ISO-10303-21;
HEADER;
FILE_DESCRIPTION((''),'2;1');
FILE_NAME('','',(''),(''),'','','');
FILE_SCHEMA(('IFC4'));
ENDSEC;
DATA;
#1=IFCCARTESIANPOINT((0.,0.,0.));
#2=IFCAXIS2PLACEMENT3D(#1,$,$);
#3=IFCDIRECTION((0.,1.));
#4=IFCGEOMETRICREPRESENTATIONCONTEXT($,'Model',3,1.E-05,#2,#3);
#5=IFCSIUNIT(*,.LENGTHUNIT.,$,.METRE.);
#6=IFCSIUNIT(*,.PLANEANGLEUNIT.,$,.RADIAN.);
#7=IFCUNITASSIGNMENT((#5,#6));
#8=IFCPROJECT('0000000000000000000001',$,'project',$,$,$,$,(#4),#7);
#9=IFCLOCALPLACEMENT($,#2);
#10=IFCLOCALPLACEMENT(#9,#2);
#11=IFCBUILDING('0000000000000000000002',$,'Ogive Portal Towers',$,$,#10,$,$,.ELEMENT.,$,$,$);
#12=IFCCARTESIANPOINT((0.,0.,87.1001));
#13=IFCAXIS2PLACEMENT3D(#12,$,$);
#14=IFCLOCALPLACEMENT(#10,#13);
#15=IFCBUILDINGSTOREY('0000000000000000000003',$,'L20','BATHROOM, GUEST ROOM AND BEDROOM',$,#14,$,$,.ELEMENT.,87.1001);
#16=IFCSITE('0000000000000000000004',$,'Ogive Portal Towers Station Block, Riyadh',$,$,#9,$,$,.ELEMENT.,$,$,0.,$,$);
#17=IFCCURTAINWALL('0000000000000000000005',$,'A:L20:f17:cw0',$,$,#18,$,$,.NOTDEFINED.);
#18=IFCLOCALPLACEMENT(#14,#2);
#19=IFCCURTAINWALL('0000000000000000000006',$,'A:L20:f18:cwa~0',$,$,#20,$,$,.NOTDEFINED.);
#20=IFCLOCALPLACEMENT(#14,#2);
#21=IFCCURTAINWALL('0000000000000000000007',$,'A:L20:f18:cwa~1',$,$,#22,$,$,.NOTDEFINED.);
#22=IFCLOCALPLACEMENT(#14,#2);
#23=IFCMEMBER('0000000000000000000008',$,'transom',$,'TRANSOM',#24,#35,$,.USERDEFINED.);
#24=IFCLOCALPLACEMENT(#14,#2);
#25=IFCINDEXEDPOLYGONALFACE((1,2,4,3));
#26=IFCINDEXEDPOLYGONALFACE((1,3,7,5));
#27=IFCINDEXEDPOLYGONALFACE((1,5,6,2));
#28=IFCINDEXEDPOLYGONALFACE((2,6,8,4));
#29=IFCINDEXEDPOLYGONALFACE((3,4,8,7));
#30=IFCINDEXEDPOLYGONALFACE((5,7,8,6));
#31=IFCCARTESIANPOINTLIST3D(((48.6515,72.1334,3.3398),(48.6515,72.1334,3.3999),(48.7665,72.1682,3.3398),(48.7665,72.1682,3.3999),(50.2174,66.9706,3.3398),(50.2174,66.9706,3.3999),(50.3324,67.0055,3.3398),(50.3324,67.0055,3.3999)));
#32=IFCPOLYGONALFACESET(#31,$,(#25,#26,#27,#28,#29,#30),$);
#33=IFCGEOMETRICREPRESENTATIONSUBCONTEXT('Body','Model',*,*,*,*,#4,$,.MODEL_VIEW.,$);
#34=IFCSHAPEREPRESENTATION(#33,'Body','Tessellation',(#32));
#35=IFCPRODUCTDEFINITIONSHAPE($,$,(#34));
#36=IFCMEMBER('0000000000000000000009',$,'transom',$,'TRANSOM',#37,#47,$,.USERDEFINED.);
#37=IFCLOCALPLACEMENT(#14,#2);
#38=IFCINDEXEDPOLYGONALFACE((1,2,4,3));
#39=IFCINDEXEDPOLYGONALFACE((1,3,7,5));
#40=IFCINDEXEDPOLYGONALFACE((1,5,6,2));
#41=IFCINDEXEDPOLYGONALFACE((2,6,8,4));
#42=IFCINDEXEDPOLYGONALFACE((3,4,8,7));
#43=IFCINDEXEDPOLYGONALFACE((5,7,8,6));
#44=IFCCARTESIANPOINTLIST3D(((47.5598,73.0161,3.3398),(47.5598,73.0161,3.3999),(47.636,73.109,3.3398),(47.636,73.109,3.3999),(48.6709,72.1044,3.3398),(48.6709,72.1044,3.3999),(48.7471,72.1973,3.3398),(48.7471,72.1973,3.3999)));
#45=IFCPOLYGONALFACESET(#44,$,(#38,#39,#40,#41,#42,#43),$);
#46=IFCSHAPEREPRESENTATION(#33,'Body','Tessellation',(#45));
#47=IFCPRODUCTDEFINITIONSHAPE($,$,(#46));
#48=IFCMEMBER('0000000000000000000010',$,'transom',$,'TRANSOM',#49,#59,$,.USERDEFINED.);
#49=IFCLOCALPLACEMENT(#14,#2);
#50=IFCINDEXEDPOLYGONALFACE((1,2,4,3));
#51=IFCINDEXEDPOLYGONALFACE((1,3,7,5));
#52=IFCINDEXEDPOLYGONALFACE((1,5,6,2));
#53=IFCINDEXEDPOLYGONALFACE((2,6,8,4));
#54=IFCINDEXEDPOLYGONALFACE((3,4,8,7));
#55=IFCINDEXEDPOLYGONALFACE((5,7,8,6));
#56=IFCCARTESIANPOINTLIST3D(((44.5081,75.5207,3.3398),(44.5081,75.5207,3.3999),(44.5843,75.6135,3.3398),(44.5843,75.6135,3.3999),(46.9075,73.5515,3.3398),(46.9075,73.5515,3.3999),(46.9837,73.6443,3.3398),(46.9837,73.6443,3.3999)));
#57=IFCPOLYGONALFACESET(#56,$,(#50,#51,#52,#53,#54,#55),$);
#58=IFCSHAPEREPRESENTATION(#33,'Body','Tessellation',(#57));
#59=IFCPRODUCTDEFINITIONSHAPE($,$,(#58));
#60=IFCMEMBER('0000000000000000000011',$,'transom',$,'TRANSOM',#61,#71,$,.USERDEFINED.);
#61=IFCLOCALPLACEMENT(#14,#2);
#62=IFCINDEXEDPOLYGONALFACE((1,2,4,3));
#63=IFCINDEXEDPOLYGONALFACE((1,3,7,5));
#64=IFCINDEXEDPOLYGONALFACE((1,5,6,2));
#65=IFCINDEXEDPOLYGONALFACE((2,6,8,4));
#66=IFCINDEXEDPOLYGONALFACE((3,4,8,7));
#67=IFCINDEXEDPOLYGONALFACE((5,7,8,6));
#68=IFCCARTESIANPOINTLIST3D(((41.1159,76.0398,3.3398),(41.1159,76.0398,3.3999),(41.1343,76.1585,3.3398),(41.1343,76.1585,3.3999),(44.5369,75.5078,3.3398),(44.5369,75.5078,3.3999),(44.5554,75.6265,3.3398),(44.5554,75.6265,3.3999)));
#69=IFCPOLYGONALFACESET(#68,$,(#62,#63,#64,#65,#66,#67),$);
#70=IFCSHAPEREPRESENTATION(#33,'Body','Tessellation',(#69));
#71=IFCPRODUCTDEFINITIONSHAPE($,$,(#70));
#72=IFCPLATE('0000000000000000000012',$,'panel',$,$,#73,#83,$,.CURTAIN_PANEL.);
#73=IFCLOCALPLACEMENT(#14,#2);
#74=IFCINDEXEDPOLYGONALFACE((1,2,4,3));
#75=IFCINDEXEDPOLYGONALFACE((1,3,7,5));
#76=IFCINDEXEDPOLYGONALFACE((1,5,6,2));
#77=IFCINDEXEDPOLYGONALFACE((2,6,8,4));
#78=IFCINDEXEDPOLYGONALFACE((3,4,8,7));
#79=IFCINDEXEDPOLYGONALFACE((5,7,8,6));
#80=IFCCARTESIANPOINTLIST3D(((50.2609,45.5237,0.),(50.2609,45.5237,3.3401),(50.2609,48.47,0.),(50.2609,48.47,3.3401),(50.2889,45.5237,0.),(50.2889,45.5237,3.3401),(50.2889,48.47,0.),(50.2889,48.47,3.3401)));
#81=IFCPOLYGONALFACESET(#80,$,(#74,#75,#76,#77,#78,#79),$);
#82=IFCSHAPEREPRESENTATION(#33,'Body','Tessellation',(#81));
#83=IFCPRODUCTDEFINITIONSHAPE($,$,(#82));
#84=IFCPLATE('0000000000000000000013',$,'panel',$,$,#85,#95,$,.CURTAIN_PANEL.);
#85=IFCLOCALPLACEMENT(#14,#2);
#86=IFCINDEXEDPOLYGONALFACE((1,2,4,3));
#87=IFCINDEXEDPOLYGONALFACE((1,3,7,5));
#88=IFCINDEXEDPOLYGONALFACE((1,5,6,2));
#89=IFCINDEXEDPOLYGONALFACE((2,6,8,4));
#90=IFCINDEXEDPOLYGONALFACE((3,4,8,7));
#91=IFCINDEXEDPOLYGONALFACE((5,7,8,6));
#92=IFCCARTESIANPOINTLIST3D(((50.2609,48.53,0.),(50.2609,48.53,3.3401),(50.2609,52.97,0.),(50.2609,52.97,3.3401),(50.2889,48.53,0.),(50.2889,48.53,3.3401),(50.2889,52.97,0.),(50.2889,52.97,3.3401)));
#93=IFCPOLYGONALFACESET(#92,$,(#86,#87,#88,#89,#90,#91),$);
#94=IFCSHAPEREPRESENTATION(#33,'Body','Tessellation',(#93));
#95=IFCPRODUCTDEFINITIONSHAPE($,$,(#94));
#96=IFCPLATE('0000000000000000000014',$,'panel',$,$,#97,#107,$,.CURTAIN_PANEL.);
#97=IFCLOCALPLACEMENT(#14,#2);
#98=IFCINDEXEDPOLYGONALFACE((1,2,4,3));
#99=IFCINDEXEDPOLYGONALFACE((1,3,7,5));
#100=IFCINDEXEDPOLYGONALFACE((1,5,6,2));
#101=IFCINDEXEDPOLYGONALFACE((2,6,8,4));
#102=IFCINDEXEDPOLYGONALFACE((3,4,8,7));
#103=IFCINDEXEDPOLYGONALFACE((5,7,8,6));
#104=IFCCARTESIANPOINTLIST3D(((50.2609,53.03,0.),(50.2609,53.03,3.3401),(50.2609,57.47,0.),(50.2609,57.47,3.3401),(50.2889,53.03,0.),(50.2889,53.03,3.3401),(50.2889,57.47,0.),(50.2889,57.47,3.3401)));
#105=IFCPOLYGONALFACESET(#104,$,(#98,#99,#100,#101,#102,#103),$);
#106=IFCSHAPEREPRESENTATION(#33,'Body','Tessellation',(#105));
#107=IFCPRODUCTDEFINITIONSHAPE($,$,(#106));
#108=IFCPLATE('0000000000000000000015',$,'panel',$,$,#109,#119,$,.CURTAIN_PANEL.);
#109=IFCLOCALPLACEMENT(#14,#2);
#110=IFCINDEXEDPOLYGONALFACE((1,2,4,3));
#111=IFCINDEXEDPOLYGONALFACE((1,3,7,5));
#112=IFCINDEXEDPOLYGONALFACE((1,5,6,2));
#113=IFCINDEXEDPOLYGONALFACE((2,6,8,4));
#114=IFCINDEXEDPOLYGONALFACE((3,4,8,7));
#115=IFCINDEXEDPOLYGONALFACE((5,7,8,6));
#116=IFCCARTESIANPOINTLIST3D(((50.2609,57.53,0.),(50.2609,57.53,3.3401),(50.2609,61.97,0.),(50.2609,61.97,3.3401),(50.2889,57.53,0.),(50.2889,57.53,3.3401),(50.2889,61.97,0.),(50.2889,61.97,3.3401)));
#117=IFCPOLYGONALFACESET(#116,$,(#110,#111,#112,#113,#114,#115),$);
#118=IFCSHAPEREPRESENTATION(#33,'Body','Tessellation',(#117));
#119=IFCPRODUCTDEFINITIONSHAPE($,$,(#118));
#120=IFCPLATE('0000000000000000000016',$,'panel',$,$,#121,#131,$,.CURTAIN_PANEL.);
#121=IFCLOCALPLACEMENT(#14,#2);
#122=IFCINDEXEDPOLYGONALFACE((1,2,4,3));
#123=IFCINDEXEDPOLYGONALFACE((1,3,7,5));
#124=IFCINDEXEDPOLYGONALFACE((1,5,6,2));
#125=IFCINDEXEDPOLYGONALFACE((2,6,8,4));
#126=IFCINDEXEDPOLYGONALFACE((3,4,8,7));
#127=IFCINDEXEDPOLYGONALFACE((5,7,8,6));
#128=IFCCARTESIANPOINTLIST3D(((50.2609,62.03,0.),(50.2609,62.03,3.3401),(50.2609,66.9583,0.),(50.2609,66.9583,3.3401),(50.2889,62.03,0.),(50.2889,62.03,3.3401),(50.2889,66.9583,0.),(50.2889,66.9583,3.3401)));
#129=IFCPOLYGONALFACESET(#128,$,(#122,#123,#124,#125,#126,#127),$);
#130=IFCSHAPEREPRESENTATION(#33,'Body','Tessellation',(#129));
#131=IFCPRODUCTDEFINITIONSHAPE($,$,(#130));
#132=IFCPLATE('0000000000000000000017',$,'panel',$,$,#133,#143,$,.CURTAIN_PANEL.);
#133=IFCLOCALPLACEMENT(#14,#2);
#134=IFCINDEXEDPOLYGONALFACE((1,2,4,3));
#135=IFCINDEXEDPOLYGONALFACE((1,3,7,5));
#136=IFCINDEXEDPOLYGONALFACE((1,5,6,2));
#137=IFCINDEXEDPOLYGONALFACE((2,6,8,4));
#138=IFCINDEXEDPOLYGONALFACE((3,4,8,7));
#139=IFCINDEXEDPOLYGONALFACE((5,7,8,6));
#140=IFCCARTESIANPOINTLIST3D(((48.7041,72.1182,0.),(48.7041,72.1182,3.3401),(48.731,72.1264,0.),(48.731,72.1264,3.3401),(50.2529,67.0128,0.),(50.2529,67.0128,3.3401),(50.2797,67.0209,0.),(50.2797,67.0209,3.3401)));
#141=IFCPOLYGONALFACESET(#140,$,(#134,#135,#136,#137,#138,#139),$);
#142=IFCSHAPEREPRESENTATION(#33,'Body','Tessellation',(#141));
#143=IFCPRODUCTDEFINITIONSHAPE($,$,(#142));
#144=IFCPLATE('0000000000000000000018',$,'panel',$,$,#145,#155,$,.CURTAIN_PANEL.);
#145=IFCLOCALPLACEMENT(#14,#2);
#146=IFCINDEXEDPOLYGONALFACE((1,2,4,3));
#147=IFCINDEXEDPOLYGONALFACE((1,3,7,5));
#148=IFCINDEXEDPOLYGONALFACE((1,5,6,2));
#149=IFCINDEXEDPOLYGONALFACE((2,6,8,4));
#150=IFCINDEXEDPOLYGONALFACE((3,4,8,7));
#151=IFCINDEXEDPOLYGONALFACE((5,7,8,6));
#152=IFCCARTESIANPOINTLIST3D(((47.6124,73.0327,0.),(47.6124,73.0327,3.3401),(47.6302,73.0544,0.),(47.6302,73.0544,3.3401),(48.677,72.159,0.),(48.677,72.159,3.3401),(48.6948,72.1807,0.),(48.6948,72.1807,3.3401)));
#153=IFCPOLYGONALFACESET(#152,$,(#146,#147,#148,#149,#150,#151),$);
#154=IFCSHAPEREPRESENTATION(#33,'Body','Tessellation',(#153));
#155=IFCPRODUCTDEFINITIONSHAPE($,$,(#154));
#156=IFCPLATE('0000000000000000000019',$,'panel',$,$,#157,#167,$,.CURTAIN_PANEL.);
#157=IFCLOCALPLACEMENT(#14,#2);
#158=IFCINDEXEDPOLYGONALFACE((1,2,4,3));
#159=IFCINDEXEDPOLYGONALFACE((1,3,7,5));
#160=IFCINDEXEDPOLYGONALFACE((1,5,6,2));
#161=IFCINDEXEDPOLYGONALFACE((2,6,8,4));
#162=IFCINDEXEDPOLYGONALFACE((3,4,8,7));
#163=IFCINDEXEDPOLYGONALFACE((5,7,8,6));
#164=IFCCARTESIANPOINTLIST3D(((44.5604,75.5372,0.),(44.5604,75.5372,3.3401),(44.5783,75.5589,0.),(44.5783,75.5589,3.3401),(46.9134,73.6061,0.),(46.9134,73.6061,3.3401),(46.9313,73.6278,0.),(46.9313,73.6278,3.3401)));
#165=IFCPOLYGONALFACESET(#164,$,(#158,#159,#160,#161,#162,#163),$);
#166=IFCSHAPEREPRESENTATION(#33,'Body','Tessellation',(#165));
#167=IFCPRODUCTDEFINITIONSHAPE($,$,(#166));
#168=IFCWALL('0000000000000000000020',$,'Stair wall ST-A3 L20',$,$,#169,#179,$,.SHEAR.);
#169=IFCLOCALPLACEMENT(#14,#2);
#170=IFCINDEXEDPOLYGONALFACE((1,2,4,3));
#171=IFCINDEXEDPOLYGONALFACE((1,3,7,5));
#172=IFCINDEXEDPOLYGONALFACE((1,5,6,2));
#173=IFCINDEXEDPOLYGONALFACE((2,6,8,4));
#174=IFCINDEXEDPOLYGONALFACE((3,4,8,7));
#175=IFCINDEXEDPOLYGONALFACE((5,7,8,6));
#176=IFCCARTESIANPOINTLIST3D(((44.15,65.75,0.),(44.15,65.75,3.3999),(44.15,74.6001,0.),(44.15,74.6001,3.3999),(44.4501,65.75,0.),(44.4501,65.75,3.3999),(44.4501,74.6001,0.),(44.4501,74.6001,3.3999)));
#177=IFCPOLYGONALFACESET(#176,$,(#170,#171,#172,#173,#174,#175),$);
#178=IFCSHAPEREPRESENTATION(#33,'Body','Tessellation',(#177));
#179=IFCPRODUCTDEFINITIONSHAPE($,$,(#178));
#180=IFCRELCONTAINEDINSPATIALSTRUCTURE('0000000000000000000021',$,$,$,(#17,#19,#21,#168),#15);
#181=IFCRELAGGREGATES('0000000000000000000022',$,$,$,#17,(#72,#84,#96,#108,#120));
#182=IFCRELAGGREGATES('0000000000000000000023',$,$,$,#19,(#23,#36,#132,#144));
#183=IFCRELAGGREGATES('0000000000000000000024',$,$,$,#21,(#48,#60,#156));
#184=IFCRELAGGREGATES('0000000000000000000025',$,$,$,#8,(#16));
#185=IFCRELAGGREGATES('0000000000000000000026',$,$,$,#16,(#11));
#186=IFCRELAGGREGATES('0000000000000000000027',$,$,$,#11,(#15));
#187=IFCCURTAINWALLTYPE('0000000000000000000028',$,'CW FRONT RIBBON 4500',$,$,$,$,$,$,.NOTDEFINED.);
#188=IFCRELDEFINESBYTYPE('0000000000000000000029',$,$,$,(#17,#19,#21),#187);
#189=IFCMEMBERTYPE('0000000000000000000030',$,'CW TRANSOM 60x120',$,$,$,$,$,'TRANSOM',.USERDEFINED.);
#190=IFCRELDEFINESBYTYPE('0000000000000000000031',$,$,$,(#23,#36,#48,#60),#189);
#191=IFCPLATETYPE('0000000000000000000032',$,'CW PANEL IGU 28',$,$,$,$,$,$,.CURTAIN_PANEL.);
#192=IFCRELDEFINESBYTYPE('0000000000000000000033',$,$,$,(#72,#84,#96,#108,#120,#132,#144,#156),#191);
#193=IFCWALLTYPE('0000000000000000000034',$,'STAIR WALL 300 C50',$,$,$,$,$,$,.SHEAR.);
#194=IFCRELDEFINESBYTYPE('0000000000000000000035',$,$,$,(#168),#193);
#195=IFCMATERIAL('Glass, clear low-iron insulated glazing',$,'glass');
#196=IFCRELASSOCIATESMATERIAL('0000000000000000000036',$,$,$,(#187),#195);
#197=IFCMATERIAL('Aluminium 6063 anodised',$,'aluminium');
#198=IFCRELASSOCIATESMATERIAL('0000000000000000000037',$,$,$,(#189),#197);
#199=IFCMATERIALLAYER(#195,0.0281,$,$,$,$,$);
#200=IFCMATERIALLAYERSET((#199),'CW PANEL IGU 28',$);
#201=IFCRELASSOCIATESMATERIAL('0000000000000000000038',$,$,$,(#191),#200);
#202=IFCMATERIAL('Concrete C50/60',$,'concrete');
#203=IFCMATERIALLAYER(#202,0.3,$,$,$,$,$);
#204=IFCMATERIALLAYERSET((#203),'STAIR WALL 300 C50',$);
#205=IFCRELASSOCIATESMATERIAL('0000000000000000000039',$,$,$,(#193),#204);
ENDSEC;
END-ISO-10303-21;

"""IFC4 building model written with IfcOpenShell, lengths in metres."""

from ifc_helpers import new_model, si_unit, direction, frame, frame_2d, origin, origin_2d, place, context, subcontext, project, spatial, rectangle, extrude, material, layer, layer_set, material_profile, profile_set, type_object, element, aggregate, save


model = new_model("IFC4")

# Units and contexts
model_context = context("Model", 3, precision=1e-05, world=origin(), true_north=direction((0.0, 1.0)))
body_context = subcontext(model_context, "Body", "Model", "MODEL_VIEW")
ifc_project = project(units=[si_unit("LENGTHUNIT", "METRE"), si_unit("PLANEANGLEUNIT", "RADIAN")], contexts=[model_context])

# Site, building, storey
site_placement = place(None, origin())
site = spatial("IfcSite", under=ifc_project, at=site_placement, Name="Ogive Portal Towers Station Block, Riyadh", CompositionType="ELEMENT", RefElevation=0.0)
building_placement = place(site_placement, origin())
building = spatial("IfcBuilding", under=site, at=building_placement, Name="Ogive Portal Towers", CompositionType="ELEMENT")
storey_placement = place(building_placement, frame((0.0, 0.0, 87.1001)))
storey = spatial("IfcBuildingStorey", under=building, at=storey_placement, Name="L20", Description="BATHROOM, GUEST ROOM AND BEDROOM", CompositionType="ELEMENT", Elevation=87.1001)

# Curtain walls
ifc_material_1 = material(Name="Glass, clear low-iron insulated glazing", Category="glass")
curtain_wall_type = type_object("IfcCurtainWallType", Name="CW FRONT RIBBON 4500", PredefinedType="NOTDEFINED", material=ifc_material_1)
curtain_wall_1_placement = place(storey_placement, origin())
curtain_wall_1 = element("IfcCurtainWall", 1, at=curtain_wall_1_placement, inside=storey, type_object=curtain_wall_type, Name="A:L20:f17:cw0", PredefinedType="NOTDEFINED")
ifc_material_2 = material(Name="Aluminium 6063 anodised", Category="aluminium")
curtain_wall_2_placement = place(storey_placement, origin())
curtain_wall_2 = element("IfcCurtainWall", 2, at=curtain_wall_2_placement, inside=storey, type_object=curtain_wall_type, Name="A:L20:f18:cwa~0", PredefinedType="NOTDEFINED")
curtain_wall_3_placement = place(storey_placement, origin())
curtain_wall_3 = element("IfcCurtainWall", 3, at=curtain_wall_3_placement, inside=storey, type_object=curtain_wall_type, Name="A:L20:f18:cwa~1", PredefinedType="NOTDEFINED")

# Members
ifc_material_profile_1 = material_profile(ifc_material_2, rectangle(XDim=0.1201, YDim=0.0601, at=origin_2d()), Name="AL 120x60")
ifc_profile_set_1 = profile_set([ifc_material_profile_1], Name="Aluminium 6063 anodised")
member_type_1 = type_object("IfcMemberType", Name="CW TRANSOM 60x120", ElementType="TRANSOM", PredefinedType="USERDEFINED", material=ifc_profile_set_1)
member_1_placement = place(storey_placement, frame((50.2749, 66.988, 3.3699), z_axis=(-0.290249, 0.956951, 0.0), x_axis=(-0.956951, -0.290249, 0.0)))
member_1 = element("IfcMember", 4, at=member_1_placement, type_object=member_type_1, Name="transom", ObjectType="TRANSOM", PredefinedType="USERDEFINED", context=body_context, shape_type="SweptSolid", body=[
    extrude(rectangle(XDim=0.1201, YDim=0.0601, at=origin_2d()), origin(), (0.0, 0.0, 1.0), 5.395),
])
member_2_placement = place(storey_placement, frame((48.709, 72.1509, 3.3699), z_axis=(-0.773086, 0.634301, 0.0), x_axis=(-0.634301, -0.773086, 0.0)))
member_2 = element("IfcMember", 5, at=member_2_placement, type_object=member_type_1, Name="transom", ObjectType="TRANSOM", PredefinedType="USERDEFINED", context=body_context, shape_type="SweptSolid", body=[
    extrude(rectangle(XDim=0.1201, YDim=0.0601, at=origin_2d()), origin(), (0.0, 0.0, 1.0), 1.4373),
])
member_3_placement = place(storey_placement, frame((46.9456, 73.5979, 3.3699), z_axis=(-0.772996, 0.634411, 0.0), x_axis=(-0.634411, -0.772996, 0.0)))
member_3 = element("IfcMember", 6, at=member_3_placement, type_object=member_type_1, Name="transom", ObjectType="TRANSOM", PredefinedType="USERDEFINED", context=body_context, shape_type="SweptSolid", body=[
    extrude(rectangle(XDim=0.1201, YDim=0.0601, at=origin_2d()), origin(), (0.0, 0.0, 1.0), 3.104),
])
member_4_placement = place(storey_placement, frame((44.5461, 75.5671, 3.3699), z_axis=(-0.988125, 0.153652, 0.0), x_axis=(-0.153652, -0.988125, 0.0)))
member_4 = element("IfcMember", 7, at=member_4_placement, type_object=member_type_1, Name="transom", ObjectType="TRANSOM", PredefinedType="USERDEFINED", context=body_context, shape_type="SweptSolid", body=[
    extrude(rectangle(XDim=0.1201, YDim=0.0601, at=origin_2d()), origin(), (0.0, 0.0, 1.0), 3.4622),
])

# Plates
ifc_layer_1 = layer(ifc_material_1, 0.0281)
ifc_layer_set_1 = layer_set([ifc_layer_1], Name="CW PANEL IGU 28")
plate_type = type_object("IfcPlateType", Name="CW PANEL IGU 28", PredefinedType="CURTAIN_PANEL", material=ifc_layer_set_1)
plate_1_placement = place(storey_placement, frame((50.2749, 46.9968, 0.0), z_axis=(0.0, 0.0, 1.0), x_axis=(0.0, 1.0, 0.0)))
plate_1 = element("IfcPlate", 8, at=plate_1_placement, type_object=plate_type, Name="panel", PredefinedType="CURTAIN_PANEL", context=body_context, shape_type="SweptSolid", body=[
    extrude(rectangle(XDim=2.9463, YDim=0.0281, at=origin_2d()), origin(), (0.0, 0.0, 1.0), 3.3401),
])
plate_2_placement = place(storey_placement, frame((50.2749, 50.75, 0.0), z_axis=(0.0, 0.0, 1.0), x_axis=(0.0, 1.0, 0.0)))
plate_2 = element("IfcPlate", 9, at=plate_2_placement, type_object=plate_type, Name="panel", PredefinedType="CURTAIN_PANEL", context=body_context, shape_type="SweptSolid", body=[
    extrude(rectangle(XDim=4.4399, YDim=0.0281, at=origin_2d()), origin(), (0.0, 0.0, 1.0), 3.3401),
])
plate_3_placement = place(storey_placement, frame((50.2749, 55.25, 0.0), z_axis=(0.0, 0.0, 1.0), x_axis=(0.0, 1.0, 0.0)))
plate_3 = element("IfcPlate", 10, at=plate_3_placement, type_object=plate_type, Name="panel", PredefinedType="CURTAIN_PANEL", context=body_context, shape_type="SweptSolid", body=[
    extrude(rectangle(XDim=4.4399, YDim=0.0281, at=origin_2d()), origin(), (0.0, 0.0, 1.0), 3.3401),
])
plate_4_placement = place(storey_placement, frame((50.2749, 59.75, 0.0), z_axis=(0.0, 0.0, 1.0), x_axis=(0.0, 1.0, 0.0)))
plate_4 = element("IfcPlate", 11, at=plate_4_placement, type_object=plate_type, Name="panel", PredefinedType="CURTAIN_PANEL", context=body_context, shape_type="SweptSolid", body=[
    extrude(rectangle(XDim=4.4399, YDim=0.0281, at=origin_2d()), origin(), (0.0, 0.0, 1.0), 3.3401),
])
plate_5_placement = place(storey_placement, frame((50.2749, 64.4941, 0.0), z_axis=(0.0, 0.0, 1.0), x_axis=(0.0, 1.0, 0.0)))
plate_5 = element("IfcPlate", 12, at=plate_5_placement, type_object=plate_type, Name="panel", PredefinedType="CURTAIN_PANEL", context=body_context, shape_type="SweptSolid", body=[
    extrude(rectangle(XDim=4.9282, YDim=0.0281, at=origin_2d()), origin(), (0.0, 0.0, 1.0), 3.3401),
])
aggregate(curtain_wall_1, [plate_1, plate_2, plate_3, plate_4, plate_5])
plate_6_placement = place(storey_placement, frame((49.4919, 69.5696, 0.0), z_axis=(0.0, 0.0, 1.0), x_axis=(-0.290285, 0.95694, 0.0)))
plate_6 = element("IfcPlate", 13, at=plate_6_placement, type_object=plate_type, Name="panel", PredefinedType="CURTAIN_PANEL", context=body_context, shape_type="SweptSolid", body=[
    extrude(rectangle(XDim=5.3352, YDim=0.0281, at=origin_2d()), origin(), (0.0, 0.0, 1.0), 3.3401),
])
plate_7_placement = place(storey_placement, frame((48.1536, 72.6067, 0.0), z_axis=(0.0, 0.0, 1.0), x_axis=(-0.77301, 0.634393, 0.0)))
plate_7 = element("IfcPlate", 14, at=plate_7_placement, type_object=plate_type, Name="panel", PredefinedType="CURTAIN_PANEL", context=body_context, shape_type="SweptSolid", body=[
    extrude(rectangle(XDim=1.3772, YDim=0.0281, at=origin_2d()), origin(), (0.0, 0.0, 1.0), 3.3401),
])
aggregate(curtain_wall_2, [member_1, member_2, plate_6, plate_7])
plate_8_placement = place(storey_placement, frame((45.7458, 74.5825, 0.0), z_axis=(0.0, 0.0, 1.0), x_axis=(-0.77301, 0.634393, 0.0)))
plate_8 = element("IfcPlate", 15, at=plate_8_placement, type_object=plate_type, Name="panel", PredefinedType="CURTAIN_PANEL", context=body_context, shape_type="SweptSolid", body=[
    extrude(rectangle(XDim=3.0439, YDim=0.0281, at=origin_2d()), origin(), (0.0, 0.0, 1.0), 3.3401),
])
aggregate(curtain_wall_3, [member_3, member_4, plate_8])

# Wall
ifc_material_3 = material(Name="Concrete C50/60", Category="concrete")
ifc_layer_2 = layer(ifc_material_3, 0.3)
ifc_layer_set_2 = layer_set([ifc_layer_2], Name="STAIR WALL 300 C50")
wall_type_1 = type_object("IfcWallType", Name="STAIR WALL 300 C50", PredefinedType="SHEAR", material=ifc_layer_set_2)
wall_1_placement = place(storey_placement, frame((44.3, 65.75, 0.0), z_axis=(0.0, 0.0, 1.0), x_axis=(0.0, 1.0, 0.0)))
element("IfcWall", 16, at=wall_1_placement, inside=storey, type_object=wall_type_1, Name="Stair wall ST-A3 L20", PredefinedType="SHEAR", context=body_context, shape_type="SweptSolid", body=[
    extrude(rectangle(XDim=8.8501, YDim=0.3, at=frame_2d((4.425, 0.0))), origin(), (0.0, 0.0, 1.0), 3.3999),
])

save(model, "model.ifc")
